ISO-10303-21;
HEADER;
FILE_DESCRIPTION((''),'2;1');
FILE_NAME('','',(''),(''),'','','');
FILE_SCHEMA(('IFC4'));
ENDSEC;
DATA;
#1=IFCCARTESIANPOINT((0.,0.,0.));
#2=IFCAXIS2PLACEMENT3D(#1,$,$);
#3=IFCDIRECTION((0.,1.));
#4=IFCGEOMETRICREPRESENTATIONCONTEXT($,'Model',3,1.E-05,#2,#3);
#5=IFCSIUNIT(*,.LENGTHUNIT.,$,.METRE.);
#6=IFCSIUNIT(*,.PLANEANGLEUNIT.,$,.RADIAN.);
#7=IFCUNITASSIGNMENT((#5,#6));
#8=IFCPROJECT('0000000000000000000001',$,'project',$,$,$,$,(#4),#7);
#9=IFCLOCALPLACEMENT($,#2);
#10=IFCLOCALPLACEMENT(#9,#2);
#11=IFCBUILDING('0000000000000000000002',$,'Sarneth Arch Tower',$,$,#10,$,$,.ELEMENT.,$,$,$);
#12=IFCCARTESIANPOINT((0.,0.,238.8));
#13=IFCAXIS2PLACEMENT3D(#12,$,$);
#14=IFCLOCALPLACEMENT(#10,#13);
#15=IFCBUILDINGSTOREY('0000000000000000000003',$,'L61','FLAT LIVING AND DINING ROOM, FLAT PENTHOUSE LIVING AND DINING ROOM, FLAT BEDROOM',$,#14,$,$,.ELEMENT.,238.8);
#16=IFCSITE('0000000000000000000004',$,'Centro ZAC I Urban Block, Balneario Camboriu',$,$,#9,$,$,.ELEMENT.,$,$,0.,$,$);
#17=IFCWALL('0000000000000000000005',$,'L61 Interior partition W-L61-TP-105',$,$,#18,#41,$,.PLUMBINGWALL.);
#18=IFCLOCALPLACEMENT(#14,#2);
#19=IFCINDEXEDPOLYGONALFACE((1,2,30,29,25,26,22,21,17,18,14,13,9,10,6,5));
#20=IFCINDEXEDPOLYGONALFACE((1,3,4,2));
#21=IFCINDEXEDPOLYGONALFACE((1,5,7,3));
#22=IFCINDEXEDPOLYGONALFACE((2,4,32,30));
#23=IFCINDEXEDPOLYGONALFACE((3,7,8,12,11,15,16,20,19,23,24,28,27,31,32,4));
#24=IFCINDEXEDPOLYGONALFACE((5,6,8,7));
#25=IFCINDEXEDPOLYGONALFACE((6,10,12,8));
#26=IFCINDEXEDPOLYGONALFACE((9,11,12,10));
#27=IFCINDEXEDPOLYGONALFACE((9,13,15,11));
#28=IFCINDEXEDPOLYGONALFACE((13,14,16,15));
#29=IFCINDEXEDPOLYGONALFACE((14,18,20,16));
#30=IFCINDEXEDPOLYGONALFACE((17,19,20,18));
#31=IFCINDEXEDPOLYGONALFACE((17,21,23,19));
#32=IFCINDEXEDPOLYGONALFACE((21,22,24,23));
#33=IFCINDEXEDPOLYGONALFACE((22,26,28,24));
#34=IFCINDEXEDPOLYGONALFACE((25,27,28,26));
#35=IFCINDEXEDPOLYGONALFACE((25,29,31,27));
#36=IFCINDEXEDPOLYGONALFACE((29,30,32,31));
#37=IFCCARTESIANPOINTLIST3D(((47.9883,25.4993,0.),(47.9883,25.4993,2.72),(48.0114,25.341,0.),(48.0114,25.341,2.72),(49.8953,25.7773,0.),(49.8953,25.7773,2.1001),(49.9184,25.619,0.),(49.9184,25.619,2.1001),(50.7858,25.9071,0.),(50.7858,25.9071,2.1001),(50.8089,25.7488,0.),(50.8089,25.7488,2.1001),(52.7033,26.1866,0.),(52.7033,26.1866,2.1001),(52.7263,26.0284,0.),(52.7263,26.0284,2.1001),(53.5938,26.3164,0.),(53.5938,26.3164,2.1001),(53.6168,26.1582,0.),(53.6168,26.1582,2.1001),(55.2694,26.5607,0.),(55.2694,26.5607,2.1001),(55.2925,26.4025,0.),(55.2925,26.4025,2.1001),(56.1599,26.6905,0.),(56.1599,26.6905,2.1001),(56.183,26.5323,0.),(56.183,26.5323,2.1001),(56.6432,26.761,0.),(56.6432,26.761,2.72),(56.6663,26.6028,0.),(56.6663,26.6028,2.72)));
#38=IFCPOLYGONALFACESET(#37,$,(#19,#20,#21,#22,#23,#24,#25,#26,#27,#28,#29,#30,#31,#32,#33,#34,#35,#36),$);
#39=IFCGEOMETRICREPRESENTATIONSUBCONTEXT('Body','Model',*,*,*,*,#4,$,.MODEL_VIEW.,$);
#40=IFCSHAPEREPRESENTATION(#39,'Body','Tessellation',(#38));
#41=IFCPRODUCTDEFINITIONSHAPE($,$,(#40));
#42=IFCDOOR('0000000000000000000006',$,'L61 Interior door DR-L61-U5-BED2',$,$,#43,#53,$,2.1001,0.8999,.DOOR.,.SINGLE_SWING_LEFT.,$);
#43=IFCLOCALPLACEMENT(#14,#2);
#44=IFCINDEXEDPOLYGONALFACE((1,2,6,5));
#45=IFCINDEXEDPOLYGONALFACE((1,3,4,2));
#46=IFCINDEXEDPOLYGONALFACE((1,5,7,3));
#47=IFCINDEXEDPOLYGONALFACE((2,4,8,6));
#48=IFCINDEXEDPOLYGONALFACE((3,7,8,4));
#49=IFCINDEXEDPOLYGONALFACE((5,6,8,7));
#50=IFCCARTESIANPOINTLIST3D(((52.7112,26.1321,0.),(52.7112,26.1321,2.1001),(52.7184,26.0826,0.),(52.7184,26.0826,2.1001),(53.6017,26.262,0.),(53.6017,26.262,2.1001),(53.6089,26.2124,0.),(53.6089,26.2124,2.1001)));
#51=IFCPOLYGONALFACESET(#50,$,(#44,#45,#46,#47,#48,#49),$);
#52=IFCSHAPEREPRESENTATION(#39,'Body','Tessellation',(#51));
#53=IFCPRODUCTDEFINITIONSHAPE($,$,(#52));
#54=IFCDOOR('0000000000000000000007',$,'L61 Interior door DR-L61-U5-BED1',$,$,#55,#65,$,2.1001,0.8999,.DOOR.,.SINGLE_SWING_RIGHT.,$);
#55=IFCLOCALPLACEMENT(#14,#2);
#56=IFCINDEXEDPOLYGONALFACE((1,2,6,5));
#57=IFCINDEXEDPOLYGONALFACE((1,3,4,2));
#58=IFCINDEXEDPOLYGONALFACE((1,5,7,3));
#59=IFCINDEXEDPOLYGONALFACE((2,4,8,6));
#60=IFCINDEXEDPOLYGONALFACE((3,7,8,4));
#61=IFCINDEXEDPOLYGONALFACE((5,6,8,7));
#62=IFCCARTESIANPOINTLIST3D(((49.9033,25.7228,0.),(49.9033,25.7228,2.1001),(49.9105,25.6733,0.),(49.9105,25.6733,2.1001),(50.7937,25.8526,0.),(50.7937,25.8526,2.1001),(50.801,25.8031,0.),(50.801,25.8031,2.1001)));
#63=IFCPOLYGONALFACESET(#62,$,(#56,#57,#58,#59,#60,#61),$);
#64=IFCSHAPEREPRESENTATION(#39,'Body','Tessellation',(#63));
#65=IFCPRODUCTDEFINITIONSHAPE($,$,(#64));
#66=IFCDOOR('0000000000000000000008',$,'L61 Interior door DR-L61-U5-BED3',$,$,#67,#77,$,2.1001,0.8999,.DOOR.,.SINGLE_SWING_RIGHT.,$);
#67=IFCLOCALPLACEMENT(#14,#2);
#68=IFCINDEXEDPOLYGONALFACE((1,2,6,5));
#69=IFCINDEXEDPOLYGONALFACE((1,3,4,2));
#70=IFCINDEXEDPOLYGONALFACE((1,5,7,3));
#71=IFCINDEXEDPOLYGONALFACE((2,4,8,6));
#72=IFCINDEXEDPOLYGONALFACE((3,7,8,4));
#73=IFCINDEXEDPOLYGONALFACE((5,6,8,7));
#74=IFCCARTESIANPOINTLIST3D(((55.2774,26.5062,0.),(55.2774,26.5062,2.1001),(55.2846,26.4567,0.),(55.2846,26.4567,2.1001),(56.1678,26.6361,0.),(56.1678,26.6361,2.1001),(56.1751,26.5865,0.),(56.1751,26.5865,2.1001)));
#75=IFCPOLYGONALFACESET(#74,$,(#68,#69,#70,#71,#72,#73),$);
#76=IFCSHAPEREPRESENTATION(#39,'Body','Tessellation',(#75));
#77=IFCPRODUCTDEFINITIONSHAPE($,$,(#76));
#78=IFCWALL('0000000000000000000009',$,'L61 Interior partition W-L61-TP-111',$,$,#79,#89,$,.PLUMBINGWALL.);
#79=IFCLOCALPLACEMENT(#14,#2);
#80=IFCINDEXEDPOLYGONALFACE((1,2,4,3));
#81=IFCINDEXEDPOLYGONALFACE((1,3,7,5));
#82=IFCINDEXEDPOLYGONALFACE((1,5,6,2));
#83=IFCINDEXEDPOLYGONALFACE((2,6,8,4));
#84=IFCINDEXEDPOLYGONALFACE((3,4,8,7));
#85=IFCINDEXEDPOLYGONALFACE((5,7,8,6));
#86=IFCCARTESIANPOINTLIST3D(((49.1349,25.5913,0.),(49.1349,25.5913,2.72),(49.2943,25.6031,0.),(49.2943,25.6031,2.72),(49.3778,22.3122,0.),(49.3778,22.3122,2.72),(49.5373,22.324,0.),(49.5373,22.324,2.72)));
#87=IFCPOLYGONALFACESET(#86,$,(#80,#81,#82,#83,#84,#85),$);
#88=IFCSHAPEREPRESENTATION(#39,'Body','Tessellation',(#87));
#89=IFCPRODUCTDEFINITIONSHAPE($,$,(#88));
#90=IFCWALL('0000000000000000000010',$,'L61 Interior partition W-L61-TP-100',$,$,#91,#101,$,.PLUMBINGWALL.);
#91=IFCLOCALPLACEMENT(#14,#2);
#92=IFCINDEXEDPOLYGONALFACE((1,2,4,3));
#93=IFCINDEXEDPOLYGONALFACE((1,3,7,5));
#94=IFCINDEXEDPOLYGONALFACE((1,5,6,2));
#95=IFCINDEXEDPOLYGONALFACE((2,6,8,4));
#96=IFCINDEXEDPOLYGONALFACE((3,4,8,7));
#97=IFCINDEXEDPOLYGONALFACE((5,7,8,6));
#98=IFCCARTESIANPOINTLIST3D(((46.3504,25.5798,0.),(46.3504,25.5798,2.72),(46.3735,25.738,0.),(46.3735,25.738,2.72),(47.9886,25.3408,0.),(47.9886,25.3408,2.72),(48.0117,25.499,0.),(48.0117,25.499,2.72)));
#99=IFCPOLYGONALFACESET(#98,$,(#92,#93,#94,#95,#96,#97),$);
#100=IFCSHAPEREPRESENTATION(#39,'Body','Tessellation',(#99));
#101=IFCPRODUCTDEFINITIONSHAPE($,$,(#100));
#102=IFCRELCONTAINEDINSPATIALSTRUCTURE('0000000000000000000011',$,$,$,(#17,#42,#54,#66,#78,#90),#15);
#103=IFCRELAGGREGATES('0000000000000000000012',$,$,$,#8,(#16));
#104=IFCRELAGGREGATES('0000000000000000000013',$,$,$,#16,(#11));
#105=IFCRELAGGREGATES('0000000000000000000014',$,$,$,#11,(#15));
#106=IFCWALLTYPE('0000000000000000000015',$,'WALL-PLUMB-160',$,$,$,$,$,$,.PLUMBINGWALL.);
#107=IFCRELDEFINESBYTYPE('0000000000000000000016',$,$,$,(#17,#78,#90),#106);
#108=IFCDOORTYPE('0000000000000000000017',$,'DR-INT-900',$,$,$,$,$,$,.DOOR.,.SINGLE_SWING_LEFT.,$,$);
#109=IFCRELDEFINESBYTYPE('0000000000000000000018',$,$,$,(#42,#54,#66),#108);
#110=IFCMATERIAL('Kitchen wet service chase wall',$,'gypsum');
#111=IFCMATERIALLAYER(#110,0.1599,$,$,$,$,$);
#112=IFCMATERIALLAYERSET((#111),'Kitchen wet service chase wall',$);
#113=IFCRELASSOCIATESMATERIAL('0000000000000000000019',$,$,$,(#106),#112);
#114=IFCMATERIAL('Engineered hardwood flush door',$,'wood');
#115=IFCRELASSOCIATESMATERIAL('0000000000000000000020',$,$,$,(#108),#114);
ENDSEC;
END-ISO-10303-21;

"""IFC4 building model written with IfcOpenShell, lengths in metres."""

from ifc_helpers import new_model, si_unit, direction, frame, frame_2d, origin, place, context, subcontext, project, spatial, rectangle, extrude, material, layer, layer_set, type_object, element, fill, save


model = new_model("IFC4")

# Units and contexts
model_context = context("Model", 3, precision=1e-05, world=origin(), true_north=direction((0.0, 1.0)))
body_context = subcontext(model_context, "Body", "Model", "MODEL_VIEW")
ifc_project = project(units=[si_unit("LENGTHUNIT", "METRE"), si_unit("PLANEANGLEUNIT", "RADIAN")], contexts=[model_context])

# Site, building, storey
site_placement = place(None, origin())
site = spatial("IfcSite", under=ifc_project, at=site_placement, Name="Centro ZAC I Urban Block, Balneario Camboriu", CompositionType="ELEMENT", RefElevation=0.0)
building_placement = place(site_placement, origin())
building = spatial("IfcBuilding", under=site, at=building_placement, Name="Sarneth Arch Tower", CompositionType="ELEMENT")
storey_placement = place(building_placement, frame((0.0, 0.0, 238.8)))
storey = spatial("IfcBuildingStorey", under=building, at=storey_placement, Name="L61", Description="FLAT LIVING AND DINING ROOM, FLAT PENTHOUSE LIVING AND DINING ROOM, FLAT BEDROOM", CompositionType="ELEMENT", Elevation=238.8)

# Wall, openings, doors
ifc_material_1 = material(Name="Kitchen wet service chase wall", Category="gypsum")
ifc_layer_1 = layer(ifc_material_1, 0.1599)
ifc_layer_set_1 = layer_set([ifc_layer_1], Name="Kitchen wet service chase wall")
wall_type_1 = type_object("IfcWallType", Name="WALL-PLUMB-160", PredefinedType="PLUMBINGWALL", material=ifc_layer_set_1)
wall_1_placement = place(storey_placement, frame((48.0, 25.4202, 0.0), z_axis=(0.0, 0.0, 1.0), x_axis=(0.98954, 0.144258, 0.0)))
wall_1 = element("IfcWall", 1, at=wall_1_placement, inside=storey, type_object=wall_type_1, Name="L61 Interior partition W-L61-TP-105", PredefinedType="PLUMBINGWALL", context=body_context, shape_type="SweptSolid", body=[
    extrude(rectangle(XDim=8.7463, YDim=0.1599, at=frame_2d((4.373, 0.0))), origin(), (0.0, 0.0, 1.0), 2.72),
])
opening_1_placement = place(wall_1_placement, frame((4.7646, 0.0, 0.0)))
opening_1 = element("IfcOpeningElement", 2, at=opening_1_placement, cuts=wall_1, PredefinedType="OPENING", context=body_context, shape_type="SweptSolid", body=[
    extrude(rectangle(XDim=0.8999, YDim=2.1001, at=frame_2d((0.45, 1.05))), frame((0.0, 0.0898, 0.0), z_axis=(0.0, -1.0, 0.0), x_axis=(1.0, 0.0, 0.0)), (0.0, 0.0, 1.0), 0.1799),
])
opening_2_placement = place(wall_1_placement, frame((1.927, 0.0, 0.0)))
opening_2 = element("IfcOpeningElement", 3, at=opening_2_placement, cuts=wall_1, PredefinedType="OPENING", context=body_context, shape_type="SweptSolid", body=[
    extrude(rectangle(XDim=0.8999, YDim=2.1001, at=frame_2d((0.45, 1.05))), frame((0.0, 0.0898, 0.0), z_axis=(0.0, -1.0, 0.0), x_axis=(1.0, 0.0, 0.0)), (0.0, 0.0, 1.0), 0.1799),
])
opening_3_placement = place(wall_1_placement, frame((7.3579, 0.0, 0.0)))
opening_3 = element("IfcOpeningElement", 4, at=opening_3_placement, cuts=wall_1, PredefinedType="OPENING", context=body_context, shape_type="SweptSolid", body=[
    extrude(rectangle(XDim=0.8999, YDim=2.1001, at=frame_2d((0.45, 1.05))), frame((0.0, 0.0898, 0.0), z_axis=(0.0, -1.0, 0.0), x_axis=(1.0, 0.0, 0.0)), (0.0, 0.0, 1.0), 0.1799),
])
ifc_material_2 = material(Name="Engineered hardwood flush door", Category="wood")
door_type_1 = type_object("IfcDoorType", Name="DR-INT-900", OperationType="SINGLE_SWING_LEFT", PredefinedType="DOOR", material=ifc_material_2)
door_1_placement = place(opening_1_placement, origin())
door_1 = element("IfcDoor", 5, at=door_1_placement, inside=storey, type_object=door_type_1, Name="L61 Interior door DR-L61-U5-BED2", OperationType="SINGLE_SWING_LEFT", OverallHeight=2.1001, OverallWidth=0.8999, PredefinedType="DOOR", context=body_context, shape_type="SweptSolid", body=[
    extrude(rectangle(XDim=0.8999, YDim=2.1001, at=frame_2d((0.45, 1.05))), frame((0.0, 0.0249, 0.0), z_axis=(0.0, -1.0, 0.0), x_axis=(1.0, 0.0, 0.0)), (0.0, 0.0, 1.0), 0.05),
])
fill(opening_1, door_1)
door_2_placement = place(opening_2_placement, origin())
door_2 = element("IfcDoor", 6, at=door_2_placement, inside=storey, type_object=door_type_1, Name="L61 Interior door DR-L61-U5-BED1", OperationType="SINGLE_SWING_RIGHT", OverallHeight=2.1001, OverallWidth=0.8999, PredefinedType="DOOR", context=body_context, shape_type="SweptSolid", body=[
    extrude(rectangle(XDim=0.8999, YDim=2.1001, at=frame_2d((0.45, 1.05))), frame((0.0, 0.0249, 0.0), z_axis=(0.0, -1.0, 0.0), x_axis=(1.0, 0.0, 0.0)), (0.0, 0.0, 1.0), 0.05),
])
fill(opening_2, door_2)
door_3_placement = place(opening_3_placement, origin())
door_3 = element("IfcDoor", 7, at=door_3_placement, inside=storey, type_object=door_type_1, Name="L61 Interior door DR-L61-U5-BED3", OperationType="SINGLE_SWING_RIGHT", OverallHeight=2.1001, OverallWidth=0.8999, PredefinedType="DOOR", context=body_context, shape_type="SweptSolid", body=[
    extrude(rectangle(XDim=0.8999, YDim=2.1001, at=frame_2d((0.45, 1.05))), frame((0.0, 0.0249, 0.0), z_axis=(0.0, -1.0, 0.0), x_axis=(1.0, 0.0, 0.0)), (0.0, 0.0, 1.0), 0.05),
])
fill(opening_3, door_3)

# Walls
wall_2_placement = place(storey_placement, frame((49.4575, 22.3181, 0.0), z_axis=(0.0, 0.0, 1.0), x_axis=(-0.07388, 0.997267, 0.0)))
element("IfcWall", 8, at=wall_2_placement, inside=storey, type_object=wall_type_1, Name="L61 Interior partition W-L61-TP-111", PredefinedType="PLUMBINGWALL", context=body_context, shape_type="SweptSolid", body=[
    extrude(rectangle(XDim=3.2881, YDim=0.1599, at=frame_2d((1.644, 0.0))), origin(), (0.0, 0.0, 1.0), 2.72),
])
wall_3_placement = place(storey_placement, frame((48.0, 25.4199, 0.0), z_axis=(0.0, 0.0, 1.0), x_axis=(-0.989523, 0.144373, 0.0)))
element("IfcWall", 9, at=wall_3_placement, inside=storey, type_object=wall_type_1, Name="L61 Interior partition W-L61-TP-100", PredefinedType="PLUMBINGWALL", context=body_context, shape_type="SweptSolid", body=[
    extrude(rectangle(XDim=1.6555, YDim=0.1599, at=frame_2d((0.8276, 0.0))), origin(), (0.0, 0.0, 1.0), 2.72),
])

save(model, "model.ifc")
